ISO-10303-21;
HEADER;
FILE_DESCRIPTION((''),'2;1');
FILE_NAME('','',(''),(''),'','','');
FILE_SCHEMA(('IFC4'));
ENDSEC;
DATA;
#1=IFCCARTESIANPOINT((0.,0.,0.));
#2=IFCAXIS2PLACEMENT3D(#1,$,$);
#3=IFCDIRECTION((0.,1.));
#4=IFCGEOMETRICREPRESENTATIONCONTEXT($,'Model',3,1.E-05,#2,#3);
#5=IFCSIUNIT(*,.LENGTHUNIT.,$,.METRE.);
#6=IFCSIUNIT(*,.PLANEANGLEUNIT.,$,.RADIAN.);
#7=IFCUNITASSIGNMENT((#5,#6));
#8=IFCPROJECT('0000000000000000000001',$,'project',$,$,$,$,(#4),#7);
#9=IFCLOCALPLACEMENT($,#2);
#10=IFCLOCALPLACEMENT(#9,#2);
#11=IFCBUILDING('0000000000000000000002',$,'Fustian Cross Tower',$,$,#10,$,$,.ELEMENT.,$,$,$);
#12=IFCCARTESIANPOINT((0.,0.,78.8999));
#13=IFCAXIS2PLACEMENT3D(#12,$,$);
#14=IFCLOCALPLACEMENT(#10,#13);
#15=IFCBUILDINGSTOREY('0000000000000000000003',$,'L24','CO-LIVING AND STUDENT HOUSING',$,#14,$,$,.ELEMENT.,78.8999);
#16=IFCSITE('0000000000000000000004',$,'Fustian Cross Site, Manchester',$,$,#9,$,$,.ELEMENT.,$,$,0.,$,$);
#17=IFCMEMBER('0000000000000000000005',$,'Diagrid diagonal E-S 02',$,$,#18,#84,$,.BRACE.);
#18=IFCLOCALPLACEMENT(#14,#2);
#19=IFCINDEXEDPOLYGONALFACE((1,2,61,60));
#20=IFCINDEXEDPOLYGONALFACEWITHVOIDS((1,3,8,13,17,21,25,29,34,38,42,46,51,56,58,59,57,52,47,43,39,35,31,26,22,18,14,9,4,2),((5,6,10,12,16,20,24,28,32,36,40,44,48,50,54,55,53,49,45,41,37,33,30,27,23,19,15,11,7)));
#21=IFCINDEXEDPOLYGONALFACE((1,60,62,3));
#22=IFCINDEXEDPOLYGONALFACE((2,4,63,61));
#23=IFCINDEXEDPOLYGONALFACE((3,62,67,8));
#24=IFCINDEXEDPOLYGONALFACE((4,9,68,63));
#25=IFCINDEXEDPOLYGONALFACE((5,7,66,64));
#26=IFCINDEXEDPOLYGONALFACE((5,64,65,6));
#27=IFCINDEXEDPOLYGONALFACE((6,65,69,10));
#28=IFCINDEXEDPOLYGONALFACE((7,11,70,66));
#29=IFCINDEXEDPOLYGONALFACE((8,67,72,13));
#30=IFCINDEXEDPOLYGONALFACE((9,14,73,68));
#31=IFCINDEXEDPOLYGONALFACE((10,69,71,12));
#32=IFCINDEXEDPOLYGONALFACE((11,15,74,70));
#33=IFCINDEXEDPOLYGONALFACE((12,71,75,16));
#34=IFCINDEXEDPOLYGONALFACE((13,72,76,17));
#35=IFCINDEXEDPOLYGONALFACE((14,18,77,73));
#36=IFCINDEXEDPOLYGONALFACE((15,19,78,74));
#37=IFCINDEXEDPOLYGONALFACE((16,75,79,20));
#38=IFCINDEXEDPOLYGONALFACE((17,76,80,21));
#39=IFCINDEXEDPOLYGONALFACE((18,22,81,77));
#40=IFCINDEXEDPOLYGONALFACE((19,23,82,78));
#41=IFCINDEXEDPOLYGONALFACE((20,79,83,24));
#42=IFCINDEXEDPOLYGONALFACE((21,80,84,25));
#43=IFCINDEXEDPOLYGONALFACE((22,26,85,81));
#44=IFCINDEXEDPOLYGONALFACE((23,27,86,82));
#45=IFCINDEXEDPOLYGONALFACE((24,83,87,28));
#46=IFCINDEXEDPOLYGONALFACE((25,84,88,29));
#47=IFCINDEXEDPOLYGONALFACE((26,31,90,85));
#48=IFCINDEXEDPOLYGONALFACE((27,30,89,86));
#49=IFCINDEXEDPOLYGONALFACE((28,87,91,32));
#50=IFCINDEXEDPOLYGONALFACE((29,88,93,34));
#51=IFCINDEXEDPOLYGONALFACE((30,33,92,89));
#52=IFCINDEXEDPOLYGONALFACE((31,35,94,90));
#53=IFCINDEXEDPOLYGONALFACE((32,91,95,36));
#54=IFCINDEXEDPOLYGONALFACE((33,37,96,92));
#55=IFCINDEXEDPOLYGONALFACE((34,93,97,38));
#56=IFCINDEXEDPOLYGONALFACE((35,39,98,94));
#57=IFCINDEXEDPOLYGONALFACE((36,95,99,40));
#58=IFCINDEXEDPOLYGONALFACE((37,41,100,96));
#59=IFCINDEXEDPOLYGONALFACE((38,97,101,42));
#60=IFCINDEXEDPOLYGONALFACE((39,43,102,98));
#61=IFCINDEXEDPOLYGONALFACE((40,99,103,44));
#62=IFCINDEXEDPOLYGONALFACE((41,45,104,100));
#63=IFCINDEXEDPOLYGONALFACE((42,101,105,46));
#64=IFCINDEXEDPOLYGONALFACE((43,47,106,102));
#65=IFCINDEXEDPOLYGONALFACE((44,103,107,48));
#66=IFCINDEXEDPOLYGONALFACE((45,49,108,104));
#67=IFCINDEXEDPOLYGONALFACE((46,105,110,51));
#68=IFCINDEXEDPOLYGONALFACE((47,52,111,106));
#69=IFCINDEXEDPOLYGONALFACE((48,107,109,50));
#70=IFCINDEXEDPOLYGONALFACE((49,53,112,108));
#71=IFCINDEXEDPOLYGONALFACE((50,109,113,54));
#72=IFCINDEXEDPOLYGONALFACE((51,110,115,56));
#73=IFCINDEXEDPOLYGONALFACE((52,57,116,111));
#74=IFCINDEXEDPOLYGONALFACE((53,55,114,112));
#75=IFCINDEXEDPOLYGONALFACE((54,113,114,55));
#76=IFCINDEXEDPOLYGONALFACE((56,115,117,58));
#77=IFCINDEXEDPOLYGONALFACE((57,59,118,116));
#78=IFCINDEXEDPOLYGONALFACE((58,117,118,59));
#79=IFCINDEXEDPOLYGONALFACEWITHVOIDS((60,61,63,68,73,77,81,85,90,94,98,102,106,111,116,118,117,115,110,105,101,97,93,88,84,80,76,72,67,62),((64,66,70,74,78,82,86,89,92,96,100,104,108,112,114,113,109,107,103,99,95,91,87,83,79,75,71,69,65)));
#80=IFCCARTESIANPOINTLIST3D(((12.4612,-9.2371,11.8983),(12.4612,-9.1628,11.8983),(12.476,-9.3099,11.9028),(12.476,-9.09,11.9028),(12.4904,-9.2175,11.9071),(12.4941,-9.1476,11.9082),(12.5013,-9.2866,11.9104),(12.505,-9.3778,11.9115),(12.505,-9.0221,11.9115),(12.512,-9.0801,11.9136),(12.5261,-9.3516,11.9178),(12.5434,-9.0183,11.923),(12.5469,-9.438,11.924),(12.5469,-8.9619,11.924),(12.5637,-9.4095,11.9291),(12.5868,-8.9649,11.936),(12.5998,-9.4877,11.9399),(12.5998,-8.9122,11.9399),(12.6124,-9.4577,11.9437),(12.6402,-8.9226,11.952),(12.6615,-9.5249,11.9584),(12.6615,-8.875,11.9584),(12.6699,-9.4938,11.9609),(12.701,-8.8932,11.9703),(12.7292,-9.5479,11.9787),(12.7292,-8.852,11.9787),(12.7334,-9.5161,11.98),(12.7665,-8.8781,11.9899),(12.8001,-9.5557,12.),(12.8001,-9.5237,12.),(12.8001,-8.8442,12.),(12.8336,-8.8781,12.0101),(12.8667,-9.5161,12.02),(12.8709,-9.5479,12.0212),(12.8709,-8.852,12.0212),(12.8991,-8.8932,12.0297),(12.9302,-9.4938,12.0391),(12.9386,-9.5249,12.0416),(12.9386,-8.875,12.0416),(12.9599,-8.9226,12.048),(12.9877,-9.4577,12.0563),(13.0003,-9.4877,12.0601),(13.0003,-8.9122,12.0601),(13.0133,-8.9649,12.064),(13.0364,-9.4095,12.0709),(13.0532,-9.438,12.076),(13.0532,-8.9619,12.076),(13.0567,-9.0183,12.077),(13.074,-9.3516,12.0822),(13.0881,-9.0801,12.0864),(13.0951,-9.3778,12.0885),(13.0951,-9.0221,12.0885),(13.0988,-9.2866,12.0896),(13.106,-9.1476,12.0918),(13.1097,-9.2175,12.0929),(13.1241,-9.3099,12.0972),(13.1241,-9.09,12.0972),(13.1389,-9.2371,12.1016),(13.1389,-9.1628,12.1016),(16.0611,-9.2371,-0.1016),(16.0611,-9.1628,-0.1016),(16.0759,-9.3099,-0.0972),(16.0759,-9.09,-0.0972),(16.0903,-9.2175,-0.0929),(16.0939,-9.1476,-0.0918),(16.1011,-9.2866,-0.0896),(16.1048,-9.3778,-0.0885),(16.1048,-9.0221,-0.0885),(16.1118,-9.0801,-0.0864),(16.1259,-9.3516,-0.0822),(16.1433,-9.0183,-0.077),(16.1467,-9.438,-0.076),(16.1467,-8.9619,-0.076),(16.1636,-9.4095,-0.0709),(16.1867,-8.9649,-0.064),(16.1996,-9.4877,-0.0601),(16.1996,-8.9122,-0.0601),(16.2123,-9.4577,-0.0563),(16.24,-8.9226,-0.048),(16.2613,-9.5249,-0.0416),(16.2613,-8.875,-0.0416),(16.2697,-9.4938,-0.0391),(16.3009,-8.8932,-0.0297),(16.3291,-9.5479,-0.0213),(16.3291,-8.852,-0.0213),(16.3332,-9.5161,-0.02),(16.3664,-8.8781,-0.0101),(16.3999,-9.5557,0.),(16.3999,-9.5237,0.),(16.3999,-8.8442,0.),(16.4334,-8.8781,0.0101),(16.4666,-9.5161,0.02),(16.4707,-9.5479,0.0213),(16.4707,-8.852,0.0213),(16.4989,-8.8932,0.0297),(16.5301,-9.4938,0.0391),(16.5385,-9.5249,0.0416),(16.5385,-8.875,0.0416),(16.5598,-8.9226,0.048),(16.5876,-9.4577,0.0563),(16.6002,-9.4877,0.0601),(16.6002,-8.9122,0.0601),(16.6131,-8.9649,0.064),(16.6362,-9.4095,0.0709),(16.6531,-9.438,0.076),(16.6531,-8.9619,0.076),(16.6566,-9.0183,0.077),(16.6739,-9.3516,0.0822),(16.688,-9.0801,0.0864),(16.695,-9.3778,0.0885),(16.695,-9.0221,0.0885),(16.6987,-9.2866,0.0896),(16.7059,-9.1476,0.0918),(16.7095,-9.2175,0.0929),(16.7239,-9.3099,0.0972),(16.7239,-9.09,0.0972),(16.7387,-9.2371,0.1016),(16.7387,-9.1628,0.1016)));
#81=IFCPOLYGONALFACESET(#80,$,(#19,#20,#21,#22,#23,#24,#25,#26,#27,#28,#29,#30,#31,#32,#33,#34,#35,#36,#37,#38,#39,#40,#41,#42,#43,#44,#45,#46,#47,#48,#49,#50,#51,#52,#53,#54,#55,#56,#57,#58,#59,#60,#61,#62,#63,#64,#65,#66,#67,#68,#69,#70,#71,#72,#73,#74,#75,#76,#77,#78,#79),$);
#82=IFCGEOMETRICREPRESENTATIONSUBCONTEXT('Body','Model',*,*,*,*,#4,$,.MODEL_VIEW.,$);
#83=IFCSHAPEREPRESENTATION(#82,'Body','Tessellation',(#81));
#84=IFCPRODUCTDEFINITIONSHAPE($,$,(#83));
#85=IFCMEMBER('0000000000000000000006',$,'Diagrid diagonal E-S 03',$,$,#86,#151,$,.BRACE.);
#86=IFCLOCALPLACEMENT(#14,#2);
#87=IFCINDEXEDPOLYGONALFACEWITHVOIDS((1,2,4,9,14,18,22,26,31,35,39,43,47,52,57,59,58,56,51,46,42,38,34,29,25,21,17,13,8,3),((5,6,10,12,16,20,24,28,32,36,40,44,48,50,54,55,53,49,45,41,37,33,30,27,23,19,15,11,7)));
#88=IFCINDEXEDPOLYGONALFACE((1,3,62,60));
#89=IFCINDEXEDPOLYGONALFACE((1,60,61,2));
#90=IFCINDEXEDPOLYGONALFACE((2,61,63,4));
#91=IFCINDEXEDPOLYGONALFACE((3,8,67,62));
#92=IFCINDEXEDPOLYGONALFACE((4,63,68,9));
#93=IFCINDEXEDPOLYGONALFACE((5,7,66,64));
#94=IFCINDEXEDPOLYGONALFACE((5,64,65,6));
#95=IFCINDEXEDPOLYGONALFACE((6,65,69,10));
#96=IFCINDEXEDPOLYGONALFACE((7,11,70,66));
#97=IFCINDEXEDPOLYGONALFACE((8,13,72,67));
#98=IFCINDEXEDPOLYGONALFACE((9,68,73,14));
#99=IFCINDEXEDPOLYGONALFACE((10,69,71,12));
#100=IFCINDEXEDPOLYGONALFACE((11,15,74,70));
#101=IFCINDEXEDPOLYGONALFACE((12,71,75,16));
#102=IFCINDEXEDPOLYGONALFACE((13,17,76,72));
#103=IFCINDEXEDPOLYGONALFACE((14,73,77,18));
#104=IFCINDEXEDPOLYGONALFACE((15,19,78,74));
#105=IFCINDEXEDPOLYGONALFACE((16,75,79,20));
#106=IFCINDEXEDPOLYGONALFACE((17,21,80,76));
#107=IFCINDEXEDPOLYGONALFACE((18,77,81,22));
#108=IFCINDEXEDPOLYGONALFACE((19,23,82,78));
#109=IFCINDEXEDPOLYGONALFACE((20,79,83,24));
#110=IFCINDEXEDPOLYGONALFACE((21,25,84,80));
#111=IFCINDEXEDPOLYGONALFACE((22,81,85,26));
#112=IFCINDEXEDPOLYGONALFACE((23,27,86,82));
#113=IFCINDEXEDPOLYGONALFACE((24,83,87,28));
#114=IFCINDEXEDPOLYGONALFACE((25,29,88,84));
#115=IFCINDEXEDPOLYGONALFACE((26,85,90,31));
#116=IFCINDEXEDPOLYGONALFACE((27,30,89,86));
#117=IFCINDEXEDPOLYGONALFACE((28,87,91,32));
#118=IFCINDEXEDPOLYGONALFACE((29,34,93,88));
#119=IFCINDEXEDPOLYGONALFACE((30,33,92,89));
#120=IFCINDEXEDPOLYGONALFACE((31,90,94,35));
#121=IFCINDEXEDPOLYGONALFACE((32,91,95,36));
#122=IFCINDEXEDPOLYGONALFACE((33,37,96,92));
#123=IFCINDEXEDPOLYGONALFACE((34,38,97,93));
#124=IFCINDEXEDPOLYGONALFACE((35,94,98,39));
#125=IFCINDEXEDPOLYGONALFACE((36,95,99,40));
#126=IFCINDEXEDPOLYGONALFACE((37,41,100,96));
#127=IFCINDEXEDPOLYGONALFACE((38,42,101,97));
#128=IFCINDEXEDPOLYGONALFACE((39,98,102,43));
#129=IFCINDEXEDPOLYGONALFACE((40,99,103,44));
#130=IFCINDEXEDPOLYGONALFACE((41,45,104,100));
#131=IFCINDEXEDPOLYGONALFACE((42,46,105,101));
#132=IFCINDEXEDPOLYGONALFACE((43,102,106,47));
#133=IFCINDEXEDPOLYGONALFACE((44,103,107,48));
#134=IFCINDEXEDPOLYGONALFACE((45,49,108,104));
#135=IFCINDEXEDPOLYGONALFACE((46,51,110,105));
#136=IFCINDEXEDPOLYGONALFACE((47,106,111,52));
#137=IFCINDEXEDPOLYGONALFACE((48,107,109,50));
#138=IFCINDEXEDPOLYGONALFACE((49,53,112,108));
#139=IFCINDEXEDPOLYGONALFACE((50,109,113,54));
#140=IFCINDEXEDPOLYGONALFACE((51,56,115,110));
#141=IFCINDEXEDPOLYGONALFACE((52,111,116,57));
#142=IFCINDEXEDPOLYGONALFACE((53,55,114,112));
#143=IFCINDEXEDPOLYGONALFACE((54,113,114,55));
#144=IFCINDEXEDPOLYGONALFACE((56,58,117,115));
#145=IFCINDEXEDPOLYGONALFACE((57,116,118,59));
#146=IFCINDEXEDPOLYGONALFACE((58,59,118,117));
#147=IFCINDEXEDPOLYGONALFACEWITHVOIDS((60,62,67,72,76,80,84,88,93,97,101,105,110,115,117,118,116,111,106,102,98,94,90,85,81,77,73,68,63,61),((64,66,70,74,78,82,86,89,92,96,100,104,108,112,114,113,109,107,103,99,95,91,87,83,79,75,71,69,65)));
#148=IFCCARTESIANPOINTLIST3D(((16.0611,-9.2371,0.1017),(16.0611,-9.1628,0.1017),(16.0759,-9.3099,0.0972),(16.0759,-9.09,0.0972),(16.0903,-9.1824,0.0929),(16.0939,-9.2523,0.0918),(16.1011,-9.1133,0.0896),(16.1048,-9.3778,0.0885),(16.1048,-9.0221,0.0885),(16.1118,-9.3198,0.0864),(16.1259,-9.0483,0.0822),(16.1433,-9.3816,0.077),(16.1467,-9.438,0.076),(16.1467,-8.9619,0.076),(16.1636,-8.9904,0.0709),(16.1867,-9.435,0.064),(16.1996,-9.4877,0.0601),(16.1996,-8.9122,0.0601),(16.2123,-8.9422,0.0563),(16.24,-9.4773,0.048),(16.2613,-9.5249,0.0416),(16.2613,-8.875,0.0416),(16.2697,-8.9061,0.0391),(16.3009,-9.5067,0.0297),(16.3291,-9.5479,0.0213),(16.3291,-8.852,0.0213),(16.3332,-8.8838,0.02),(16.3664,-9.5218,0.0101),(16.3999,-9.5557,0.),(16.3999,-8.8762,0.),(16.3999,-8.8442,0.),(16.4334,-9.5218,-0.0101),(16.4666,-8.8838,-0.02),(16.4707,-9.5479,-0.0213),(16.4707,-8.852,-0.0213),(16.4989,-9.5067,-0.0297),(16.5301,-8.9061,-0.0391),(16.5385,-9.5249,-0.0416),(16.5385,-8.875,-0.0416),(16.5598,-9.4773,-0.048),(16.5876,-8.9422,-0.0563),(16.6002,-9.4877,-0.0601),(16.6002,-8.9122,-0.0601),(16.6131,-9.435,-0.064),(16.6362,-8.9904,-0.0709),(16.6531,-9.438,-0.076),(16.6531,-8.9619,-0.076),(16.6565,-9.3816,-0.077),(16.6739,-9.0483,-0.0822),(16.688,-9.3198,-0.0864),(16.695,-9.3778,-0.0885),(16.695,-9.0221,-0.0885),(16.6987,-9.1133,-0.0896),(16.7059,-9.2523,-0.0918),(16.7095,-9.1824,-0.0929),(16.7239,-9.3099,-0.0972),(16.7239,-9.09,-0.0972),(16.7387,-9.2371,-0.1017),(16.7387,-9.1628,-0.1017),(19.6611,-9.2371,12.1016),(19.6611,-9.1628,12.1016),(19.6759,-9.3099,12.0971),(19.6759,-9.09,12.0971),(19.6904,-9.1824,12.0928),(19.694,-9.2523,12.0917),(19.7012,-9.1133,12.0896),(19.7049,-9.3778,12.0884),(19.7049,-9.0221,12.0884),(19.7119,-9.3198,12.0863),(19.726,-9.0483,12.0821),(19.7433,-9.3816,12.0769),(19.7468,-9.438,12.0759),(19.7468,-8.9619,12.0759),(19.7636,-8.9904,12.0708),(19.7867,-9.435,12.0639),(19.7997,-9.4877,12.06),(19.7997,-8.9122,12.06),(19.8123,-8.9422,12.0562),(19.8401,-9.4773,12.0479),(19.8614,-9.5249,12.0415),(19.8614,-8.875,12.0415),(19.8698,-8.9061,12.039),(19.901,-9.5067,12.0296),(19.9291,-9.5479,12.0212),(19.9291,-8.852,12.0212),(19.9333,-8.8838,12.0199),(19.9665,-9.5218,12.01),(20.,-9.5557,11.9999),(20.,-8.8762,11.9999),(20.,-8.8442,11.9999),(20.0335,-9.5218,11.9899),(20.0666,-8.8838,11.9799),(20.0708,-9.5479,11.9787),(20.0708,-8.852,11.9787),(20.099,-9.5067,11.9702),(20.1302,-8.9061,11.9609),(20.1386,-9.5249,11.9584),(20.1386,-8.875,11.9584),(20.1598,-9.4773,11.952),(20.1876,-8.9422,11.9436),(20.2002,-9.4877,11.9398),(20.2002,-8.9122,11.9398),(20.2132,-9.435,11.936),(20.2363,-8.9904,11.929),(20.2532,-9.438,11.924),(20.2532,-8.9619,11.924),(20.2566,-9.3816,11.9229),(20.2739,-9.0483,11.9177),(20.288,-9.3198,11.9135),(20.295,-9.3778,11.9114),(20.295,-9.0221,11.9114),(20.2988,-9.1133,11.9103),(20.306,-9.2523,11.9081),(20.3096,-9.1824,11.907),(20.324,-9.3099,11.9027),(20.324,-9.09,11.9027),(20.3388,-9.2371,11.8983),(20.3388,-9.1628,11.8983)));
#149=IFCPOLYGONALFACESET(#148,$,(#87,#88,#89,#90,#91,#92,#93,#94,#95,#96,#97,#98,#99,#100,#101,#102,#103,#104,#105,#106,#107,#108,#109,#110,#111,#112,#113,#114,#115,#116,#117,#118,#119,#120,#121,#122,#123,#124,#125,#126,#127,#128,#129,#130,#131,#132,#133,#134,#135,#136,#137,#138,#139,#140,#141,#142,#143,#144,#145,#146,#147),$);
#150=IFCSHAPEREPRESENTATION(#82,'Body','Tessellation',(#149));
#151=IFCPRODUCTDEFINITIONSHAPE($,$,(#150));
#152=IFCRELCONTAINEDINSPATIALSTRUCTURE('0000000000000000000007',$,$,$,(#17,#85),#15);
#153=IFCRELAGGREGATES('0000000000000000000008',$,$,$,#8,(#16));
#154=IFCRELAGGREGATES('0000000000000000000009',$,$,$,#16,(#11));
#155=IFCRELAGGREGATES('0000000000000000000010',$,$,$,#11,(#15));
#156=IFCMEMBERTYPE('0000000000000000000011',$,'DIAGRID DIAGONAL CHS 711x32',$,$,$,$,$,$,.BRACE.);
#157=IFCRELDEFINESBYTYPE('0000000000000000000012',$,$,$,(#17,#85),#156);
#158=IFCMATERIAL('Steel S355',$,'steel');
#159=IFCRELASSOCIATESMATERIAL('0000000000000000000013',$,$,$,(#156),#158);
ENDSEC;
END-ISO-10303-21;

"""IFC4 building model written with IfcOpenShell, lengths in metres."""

from ifc_helpers import new_model, si_unit, direction, frame, origin, origin_2d, place, context, subcontext, project, spatial, hollow_circle, extrude, material, material_profile, profile_set, type_object, element, save


model = new_model("IFC4")

# Units and contexts
model_context = context("Model", 3, precision=1e-05, world=origin(), true_north=direction((0.0, 1.0)))
body_context = subcontext(model_context, "Body", "Model", "MODEL_VIEW")
ifc_project = project(units=[si_unit("LENGTHUNIT", "METRE"), si_unit("PLANEANGLEUNIT", "RADIAN")], contexts=[model_context])

# Site, building, storey
site_placement = place(None, origin())
site = spatial("IfcSite", under=ifc_project, at=site_placement, Name="Fustian Cross Site, Manchester", CompositionType="ELEMENT", RefElevation=0.0)
building_placement = place(site_placement, origin())
building = spatial("IfcBuilding", under=site, at=building_placement, Name="Fustian Cross Tower", CompositionType="ELEMENT")
storey_placement = place(building_placement, frame((0.0, 0.0, 78.8999)))
storey = spatial("IfcBuildingStorey", under=building, at=storey_placement, Name="L24", Description="CO-LIVING AND STUDENT HOUSING", CompositionType="ELEMENT", Elevation=78.8999)

# Members
ifc_material_1 = material(Name="Steel S355", Category="steel")
ifc_material_profile_1 = material_profile(ifc_material_1, hollow_circle(Radius=0.3557, WallThickness=0.032, at=origin_2d()), Name="CHS 711x32")
ifc_profile_set_1 = profile_set([ifc_material_profile_1], Name="Steel S355")
member_type_1 = type_object("IfcMemberType", Name="DIAGRID DIAGONAL CHS 711x32", PredefinedType="BRACE", material=ifc_profile_set_1)
for number, where, z_axis, x_axis, name in (
    (1, (16.3999, -9.2, 0.0), (-0.287337, 0.0, 0.95783), (0.0, -1.0, 0.0), "Diagrid diagonal E-S 02"),
    (2, (16.3999, -9.2, 0.0), (0.287355, 0.0, 0.957824), (0.0, 1.0, 0.0), "Diagrid diagonal E-S 03"),
):
    element("IfcMember", number, at=place(storey_placement, frame(where, z_axis=z_axis, x_axis=x_axis)), inside=storey, type_object=member_type_1, Name=name, PredefinedType="BRACE", context=body_context, shape_type="SweptSolid", body=[
        extrude(hollow_circle(Radius=0.3557, WallThickness=0.032, at=origin_2d()), origin(), (0.0, 0.0, 1.0), 12.5283),
    ])

save(model, "model.ifc")
